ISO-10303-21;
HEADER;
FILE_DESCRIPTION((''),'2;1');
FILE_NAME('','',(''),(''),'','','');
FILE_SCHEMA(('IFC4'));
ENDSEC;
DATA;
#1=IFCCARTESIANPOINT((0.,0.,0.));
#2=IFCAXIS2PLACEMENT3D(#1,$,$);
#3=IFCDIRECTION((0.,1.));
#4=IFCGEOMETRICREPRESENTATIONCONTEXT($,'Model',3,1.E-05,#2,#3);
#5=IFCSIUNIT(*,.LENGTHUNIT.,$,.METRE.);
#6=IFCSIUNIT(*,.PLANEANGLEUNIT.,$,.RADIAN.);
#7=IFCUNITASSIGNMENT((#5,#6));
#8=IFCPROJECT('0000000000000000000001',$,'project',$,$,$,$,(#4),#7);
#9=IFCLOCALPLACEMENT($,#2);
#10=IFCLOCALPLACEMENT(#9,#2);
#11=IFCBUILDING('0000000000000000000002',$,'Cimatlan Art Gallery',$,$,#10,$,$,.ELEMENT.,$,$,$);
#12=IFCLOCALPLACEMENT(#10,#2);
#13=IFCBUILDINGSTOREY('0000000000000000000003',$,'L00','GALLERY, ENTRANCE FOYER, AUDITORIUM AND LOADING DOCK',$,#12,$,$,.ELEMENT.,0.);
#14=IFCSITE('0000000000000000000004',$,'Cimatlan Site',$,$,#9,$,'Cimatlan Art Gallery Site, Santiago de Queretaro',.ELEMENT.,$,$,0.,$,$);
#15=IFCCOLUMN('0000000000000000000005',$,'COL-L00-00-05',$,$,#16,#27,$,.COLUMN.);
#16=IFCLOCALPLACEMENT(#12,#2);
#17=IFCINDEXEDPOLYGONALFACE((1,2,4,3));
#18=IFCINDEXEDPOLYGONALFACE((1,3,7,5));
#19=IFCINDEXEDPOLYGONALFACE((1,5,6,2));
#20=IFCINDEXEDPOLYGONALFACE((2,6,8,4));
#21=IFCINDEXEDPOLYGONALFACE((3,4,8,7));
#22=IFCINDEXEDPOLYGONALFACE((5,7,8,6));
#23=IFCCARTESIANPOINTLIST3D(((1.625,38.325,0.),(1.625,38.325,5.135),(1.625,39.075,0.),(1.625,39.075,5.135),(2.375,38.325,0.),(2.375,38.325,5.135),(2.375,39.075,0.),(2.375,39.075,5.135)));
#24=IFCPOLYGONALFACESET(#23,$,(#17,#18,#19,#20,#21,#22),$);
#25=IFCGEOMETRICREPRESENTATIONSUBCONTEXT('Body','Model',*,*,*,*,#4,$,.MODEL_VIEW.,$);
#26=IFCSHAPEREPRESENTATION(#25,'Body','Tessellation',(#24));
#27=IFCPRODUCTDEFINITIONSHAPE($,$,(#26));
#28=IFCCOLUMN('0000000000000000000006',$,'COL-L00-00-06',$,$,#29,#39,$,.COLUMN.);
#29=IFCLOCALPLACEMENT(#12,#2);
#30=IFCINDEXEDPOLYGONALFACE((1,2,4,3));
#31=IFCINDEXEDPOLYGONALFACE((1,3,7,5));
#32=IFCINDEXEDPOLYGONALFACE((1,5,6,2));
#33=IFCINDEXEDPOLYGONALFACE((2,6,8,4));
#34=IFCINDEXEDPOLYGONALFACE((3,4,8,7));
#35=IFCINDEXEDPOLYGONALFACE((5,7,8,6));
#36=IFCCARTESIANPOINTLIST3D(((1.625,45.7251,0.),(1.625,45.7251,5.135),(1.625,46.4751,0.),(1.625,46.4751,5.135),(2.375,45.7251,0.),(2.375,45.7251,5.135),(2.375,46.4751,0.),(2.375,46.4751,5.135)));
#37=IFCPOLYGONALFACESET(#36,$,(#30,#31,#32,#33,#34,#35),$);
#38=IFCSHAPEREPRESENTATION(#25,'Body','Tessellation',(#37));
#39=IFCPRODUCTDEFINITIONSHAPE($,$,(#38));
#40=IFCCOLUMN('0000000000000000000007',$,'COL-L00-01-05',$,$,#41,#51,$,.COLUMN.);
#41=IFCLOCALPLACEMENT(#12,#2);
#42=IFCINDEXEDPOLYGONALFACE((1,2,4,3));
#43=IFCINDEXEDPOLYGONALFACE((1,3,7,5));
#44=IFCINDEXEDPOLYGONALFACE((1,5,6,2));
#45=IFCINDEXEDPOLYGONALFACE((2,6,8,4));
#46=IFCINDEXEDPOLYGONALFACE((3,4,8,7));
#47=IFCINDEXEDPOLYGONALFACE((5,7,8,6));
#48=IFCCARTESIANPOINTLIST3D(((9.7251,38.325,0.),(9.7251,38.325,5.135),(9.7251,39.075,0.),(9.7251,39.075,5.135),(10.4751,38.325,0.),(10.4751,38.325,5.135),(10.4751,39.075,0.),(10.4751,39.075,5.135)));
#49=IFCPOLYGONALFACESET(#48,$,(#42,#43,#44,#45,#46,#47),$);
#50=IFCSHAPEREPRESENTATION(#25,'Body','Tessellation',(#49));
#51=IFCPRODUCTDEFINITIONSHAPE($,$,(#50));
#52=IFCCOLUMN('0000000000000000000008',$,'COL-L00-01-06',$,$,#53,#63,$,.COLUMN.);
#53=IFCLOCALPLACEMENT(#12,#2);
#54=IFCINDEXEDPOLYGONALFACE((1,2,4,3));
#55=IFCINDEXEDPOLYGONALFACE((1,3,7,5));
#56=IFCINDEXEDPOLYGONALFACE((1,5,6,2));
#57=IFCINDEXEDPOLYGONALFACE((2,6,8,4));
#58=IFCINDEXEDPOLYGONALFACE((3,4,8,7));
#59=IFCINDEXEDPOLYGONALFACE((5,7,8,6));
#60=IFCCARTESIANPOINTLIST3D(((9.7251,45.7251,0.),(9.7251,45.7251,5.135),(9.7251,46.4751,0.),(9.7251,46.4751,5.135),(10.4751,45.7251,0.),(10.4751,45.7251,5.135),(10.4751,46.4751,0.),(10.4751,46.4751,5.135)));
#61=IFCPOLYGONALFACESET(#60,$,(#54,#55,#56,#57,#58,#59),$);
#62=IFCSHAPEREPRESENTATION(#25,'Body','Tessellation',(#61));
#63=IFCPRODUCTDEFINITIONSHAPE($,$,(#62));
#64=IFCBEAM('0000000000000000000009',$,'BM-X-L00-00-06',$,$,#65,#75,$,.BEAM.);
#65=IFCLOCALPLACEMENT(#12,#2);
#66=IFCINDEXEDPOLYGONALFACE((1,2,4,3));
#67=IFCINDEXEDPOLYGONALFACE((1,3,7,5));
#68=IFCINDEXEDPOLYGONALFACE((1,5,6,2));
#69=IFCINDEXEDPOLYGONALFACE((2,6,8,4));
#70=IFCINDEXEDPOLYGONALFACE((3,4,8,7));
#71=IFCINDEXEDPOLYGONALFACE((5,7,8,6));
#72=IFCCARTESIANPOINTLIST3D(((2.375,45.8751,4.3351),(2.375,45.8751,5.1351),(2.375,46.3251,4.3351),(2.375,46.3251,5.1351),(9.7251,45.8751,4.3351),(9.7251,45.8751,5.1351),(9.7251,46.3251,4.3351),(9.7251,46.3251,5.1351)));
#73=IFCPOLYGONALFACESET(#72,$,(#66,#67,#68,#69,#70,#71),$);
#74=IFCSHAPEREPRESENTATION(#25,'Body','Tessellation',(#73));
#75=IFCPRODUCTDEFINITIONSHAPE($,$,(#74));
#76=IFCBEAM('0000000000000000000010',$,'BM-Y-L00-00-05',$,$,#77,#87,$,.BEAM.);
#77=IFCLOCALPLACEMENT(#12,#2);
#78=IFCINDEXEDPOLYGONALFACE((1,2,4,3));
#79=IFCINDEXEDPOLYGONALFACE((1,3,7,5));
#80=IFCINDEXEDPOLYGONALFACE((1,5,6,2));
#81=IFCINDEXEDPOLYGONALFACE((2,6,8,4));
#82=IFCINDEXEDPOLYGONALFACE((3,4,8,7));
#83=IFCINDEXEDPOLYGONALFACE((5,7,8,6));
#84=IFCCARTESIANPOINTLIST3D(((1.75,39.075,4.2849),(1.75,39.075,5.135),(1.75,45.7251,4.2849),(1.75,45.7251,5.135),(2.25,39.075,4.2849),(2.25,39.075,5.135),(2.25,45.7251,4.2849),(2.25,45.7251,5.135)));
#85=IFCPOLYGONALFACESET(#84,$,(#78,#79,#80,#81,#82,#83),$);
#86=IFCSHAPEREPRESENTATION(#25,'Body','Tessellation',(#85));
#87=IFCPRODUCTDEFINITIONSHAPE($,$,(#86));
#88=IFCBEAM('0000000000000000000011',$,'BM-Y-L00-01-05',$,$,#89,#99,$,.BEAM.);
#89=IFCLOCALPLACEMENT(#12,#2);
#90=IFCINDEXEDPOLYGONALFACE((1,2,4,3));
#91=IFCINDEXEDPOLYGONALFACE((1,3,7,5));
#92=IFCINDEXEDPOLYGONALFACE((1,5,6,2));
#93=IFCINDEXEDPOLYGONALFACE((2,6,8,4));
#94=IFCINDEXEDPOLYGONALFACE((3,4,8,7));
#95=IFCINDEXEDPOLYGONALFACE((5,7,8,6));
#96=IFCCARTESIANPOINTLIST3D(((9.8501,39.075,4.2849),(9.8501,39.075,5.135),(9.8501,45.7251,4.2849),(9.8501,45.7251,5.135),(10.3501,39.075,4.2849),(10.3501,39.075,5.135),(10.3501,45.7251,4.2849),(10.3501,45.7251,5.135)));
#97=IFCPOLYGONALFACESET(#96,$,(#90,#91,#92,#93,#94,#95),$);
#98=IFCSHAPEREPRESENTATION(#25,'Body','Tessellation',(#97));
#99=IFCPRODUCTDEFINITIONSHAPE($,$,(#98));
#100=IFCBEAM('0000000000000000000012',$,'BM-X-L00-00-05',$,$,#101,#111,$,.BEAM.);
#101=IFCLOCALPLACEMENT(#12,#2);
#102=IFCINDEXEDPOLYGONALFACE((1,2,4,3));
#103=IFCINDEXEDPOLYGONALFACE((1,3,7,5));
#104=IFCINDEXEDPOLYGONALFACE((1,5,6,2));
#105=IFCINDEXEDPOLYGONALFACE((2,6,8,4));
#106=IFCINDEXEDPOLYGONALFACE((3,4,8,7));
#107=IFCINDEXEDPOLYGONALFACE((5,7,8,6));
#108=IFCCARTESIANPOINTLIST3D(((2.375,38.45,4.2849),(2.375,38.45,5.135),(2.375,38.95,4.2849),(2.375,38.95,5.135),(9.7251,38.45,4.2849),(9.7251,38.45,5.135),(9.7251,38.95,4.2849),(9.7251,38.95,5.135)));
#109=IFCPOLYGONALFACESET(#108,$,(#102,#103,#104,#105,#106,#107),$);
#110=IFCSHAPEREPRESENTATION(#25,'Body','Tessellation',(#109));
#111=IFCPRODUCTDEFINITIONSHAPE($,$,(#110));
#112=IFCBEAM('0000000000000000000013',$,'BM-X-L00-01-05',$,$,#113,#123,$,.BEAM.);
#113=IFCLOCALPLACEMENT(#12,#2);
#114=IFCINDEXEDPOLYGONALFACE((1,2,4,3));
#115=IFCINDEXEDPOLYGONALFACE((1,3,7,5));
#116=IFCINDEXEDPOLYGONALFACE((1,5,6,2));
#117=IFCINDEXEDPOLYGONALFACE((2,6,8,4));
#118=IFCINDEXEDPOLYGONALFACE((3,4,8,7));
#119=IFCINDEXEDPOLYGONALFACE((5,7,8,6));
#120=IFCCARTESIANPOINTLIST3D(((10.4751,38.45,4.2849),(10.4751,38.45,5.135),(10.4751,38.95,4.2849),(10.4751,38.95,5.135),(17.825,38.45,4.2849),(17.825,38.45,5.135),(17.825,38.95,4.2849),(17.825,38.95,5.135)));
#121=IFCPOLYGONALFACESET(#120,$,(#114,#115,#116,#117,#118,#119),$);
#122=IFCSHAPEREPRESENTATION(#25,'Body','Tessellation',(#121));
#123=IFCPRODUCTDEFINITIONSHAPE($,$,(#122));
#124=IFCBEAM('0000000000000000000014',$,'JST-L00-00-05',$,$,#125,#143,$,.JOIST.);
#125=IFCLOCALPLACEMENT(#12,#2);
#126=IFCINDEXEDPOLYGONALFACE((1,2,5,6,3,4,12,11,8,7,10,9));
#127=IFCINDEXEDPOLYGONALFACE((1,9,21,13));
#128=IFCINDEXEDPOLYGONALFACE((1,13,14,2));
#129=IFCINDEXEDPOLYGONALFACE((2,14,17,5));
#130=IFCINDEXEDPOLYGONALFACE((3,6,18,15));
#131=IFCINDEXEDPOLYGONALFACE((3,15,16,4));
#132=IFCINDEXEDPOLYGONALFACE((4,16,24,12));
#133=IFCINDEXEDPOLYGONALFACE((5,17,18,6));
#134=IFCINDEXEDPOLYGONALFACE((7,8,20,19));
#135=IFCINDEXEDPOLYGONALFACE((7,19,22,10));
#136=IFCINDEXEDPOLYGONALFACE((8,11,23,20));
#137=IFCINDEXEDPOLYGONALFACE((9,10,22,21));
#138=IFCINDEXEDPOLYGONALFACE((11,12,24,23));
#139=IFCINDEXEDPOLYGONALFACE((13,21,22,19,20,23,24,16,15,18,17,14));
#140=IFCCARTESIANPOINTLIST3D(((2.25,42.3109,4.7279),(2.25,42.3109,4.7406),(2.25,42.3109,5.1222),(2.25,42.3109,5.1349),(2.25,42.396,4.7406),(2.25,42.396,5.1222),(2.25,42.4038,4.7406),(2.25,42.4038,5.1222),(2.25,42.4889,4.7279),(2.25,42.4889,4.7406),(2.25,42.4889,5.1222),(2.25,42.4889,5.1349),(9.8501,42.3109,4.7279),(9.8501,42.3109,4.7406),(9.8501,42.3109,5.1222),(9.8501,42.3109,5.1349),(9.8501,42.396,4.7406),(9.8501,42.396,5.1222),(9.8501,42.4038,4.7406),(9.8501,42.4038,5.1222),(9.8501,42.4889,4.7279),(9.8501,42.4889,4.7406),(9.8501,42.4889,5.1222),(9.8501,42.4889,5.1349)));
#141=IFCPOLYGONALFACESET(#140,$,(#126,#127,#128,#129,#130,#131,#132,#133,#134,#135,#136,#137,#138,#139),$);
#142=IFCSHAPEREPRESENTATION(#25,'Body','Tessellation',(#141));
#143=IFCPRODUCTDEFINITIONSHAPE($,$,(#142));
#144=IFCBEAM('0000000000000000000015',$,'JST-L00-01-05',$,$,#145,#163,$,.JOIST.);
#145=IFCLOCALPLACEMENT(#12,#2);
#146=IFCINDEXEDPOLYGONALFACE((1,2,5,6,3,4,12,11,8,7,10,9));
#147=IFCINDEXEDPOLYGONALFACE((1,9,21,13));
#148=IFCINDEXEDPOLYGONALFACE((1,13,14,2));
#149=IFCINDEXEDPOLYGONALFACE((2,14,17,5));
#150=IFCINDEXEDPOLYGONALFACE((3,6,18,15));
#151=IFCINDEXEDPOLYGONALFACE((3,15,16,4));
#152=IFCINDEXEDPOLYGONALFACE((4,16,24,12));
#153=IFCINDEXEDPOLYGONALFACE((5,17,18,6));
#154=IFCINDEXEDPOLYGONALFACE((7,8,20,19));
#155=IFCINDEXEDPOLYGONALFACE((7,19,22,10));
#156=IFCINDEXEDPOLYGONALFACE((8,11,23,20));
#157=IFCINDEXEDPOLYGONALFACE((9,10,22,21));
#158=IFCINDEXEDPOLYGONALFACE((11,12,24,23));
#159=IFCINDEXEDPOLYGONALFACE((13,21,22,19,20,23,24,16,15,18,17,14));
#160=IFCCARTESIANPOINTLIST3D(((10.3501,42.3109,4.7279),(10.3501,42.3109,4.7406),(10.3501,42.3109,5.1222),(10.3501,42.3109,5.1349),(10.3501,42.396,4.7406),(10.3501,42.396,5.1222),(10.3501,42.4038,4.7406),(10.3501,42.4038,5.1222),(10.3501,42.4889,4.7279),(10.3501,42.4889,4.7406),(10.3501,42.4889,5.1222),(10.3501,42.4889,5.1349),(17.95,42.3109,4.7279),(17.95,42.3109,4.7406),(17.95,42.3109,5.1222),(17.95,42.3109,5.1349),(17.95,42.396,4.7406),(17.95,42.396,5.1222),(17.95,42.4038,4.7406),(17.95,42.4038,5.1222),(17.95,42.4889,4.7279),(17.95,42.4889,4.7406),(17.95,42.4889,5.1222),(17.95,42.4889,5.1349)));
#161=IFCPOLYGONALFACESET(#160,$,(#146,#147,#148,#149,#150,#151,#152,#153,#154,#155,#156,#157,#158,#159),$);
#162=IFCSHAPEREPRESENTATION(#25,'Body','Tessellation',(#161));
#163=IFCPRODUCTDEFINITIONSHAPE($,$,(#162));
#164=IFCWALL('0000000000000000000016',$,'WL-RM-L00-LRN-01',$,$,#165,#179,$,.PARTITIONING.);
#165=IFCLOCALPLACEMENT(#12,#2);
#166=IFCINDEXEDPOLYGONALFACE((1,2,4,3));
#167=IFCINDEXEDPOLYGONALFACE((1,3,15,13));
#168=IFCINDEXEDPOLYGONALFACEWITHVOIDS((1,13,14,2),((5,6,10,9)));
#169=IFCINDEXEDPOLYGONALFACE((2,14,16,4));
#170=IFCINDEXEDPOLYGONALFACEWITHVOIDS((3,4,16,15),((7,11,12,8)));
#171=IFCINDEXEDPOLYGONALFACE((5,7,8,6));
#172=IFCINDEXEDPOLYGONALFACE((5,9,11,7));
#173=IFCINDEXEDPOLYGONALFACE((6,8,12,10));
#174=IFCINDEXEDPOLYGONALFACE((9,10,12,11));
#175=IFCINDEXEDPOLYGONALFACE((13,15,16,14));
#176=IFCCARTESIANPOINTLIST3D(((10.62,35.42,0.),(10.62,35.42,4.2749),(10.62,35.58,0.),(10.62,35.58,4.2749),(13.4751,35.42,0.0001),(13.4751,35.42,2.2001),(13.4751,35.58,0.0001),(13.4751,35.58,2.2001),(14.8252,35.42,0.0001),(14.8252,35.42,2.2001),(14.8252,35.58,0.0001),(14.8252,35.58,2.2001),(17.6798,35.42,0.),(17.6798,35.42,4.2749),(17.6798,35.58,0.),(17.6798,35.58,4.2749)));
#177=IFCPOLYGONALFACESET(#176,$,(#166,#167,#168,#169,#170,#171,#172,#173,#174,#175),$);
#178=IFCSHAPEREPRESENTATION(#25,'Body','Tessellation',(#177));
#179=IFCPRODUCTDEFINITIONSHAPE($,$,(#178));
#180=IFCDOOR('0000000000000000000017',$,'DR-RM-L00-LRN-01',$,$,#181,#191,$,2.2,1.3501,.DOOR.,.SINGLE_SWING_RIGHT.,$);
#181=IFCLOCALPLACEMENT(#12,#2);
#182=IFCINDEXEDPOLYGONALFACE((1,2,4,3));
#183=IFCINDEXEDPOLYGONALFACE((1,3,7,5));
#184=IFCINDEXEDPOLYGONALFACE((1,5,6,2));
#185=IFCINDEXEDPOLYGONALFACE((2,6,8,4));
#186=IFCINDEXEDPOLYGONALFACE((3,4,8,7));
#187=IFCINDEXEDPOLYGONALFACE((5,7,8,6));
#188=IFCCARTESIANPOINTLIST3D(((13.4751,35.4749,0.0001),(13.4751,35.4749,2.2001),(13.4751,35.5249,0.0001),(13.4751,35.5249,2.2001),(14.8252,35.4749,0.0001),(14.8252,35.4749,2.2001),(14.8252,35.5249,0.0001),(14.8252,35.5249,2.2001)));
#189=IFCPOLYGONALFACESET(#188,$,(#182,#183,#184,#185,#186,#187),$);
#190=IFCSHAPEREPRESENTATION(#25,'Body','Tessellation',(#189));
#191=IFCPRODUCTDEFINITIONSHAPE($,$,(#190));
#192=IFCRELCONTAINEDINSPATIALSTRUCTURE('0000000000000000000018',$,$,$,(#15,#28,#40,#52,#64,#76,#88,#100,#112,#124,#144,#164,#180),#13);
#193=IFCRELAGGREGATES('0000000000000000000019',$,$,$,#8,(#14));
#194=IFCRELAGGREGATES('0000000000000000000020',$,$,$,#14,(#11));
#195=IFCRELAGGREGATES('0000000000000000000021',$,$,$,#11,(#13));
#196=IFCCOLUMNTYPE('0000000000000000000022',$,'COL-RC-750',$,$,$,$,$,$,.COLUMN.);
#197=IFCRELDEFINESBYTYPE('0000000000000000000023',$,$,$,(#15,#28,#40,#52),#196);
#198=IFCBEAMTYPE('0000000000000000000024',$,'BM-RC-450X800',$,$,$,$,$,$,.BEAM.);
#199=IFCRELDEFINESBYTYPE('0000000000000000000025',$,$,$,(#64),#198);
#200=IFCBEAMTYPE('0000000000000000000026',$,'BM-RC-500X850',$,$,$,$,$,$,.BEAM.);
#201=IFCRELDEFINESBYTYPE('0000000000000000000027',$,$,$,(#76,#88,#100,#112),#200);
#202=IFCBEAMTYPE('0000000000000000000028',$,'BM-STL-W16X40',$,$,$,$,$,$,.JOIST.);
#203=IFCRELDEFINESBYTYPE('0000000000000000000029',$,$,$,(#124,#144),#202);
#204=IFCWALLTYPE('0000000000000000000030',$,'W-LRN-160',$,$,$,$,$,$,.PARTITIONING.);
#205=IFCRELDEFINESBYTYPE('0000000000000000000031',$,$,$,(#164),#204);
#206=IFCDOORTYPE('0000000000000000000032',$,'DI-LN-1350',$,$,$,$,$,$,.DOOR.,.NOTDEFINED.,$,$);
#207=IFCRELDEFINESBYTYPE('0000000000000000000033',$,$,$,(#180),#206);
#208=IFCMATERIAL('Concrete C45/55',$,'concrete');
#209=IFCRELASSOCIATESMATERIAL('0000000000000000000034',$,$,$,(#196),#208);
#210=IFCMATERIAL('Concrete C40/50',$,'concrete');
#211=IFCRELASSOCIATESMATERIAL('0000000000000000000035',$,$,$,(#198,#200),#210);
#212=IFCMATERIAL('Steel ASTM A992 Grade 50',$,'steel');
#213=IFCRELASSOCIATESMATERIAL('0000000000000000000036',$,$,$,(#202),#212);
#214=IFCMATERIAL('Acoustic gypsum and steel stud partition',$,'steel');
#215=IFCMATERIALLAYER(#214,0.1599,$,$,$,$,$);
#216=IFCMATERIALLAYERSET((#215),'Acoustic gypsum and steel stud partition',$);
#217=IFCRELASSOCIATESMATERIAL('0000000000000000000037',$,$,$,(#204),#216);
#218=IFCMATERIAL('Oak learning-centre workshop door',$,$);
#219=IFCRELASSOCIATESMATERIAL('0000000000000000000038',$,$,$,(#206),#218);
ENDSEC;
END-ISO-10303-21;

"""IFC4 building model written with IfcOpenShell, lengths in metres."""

from ifc_helpers import new_model, si_unit, direction, frame, frame_2d, origin, origin_2d, place, context, subcontext, project, spatial, rectangle, i_section, extrude, material, layer, layer_set, material_profile, profile_set, type_object, element, fill, save


model = new_model("IFC4")

# Units and contexts
model_context = context("Model", 3, precision=1e-05, world=origin(), true_north=direction((0.0, 1.0)))
body_context = subcontext(model_context, "Body", "Model", "MODEL_VIEW")
ifc_project = project(units=[si_unit("LENGTHUNIT", "METRE"), si_unit("PLANEANGLEUNIT", "RADIAN")], contexts=[model_context])

# Site, building, storey
site_placement = place(None, origin())
site = spatial("IfcSite", under=ifc_project, at=site_placement, Name="Cimatlan Site", LongName="Cimatlan Art Gallery Site, Santiago de Queretaro", CompositionType="ELEMENT", RefElevation=0.0)
building_placement = place(site_placement, origin())
building = spatial("IfcBuilding", under=site, at=building_placement, Name="Cimatlan Art Gallery", CompositionType="ELEMENT")
storey_placement = place(building_placement, origin())
storey = spatial("IfcBuildingStorey", under=building, at=storey_placement, Name="L00", Description="GALLERY, ENTRANCE FOYER, AUDITORIUM AND LOADING DOCK", CompositionType="ELEMENT", Elevation=0.0)

# Columns
ifc_material_1 = material(Name="Concrete C45/55", Category="concrete")
ifc_material_profile_1 = material_profile(ifc_material_1, rectangle(XDim=0.75, YDim=0.75, at=origin_2d()), Name="RC750X750")
ifc_profile_set_1 = profile_set([ifc_material_profile_1], Name="Concrete C45/55")
column_type = type_object("IfcColumnType", Name="COL-RC-750", PredefinedType="COLUMN", material=ifc_profile_set_1)
for number, where, z_axis, x_axis, name in (
    (1, (2.0, 38.7, 0.0), (0.0, 0.0, 1.0), (1.0, 0.0, 0.0), "COL-L00-00-05"),
    (2, (2.0, 46.1001, 0.0), (0.0, 0.0, 1.0), (1.0, 0.0, 0.0), "COL-L00-00-06"),
    (3, (10.1001, 38.7, 0.0), (0.0, 0.0, 1.0), (1.0, 0.0, 0.0), "COL-L00-01-05"),
    (4, (10.1001, 46.1001, 0.0), (0.0, 0.0, 1.0), (1.0, 0.0, 0.0), "COL-L00-01-06"),
):
    element("IfcColumn", number, at=place(storey_placement, frame(where, z_axis=z_axis, x_axis=x_axis)), inside=storey, type_object=column_type, Name=name, PredefinedType="COLUMN", context=body_context, shape_type="SweptSolid", body=[
        extrude(rectangle(XDim=0.75, YDim=0.75, at=origin_2d()), origin(), (0.0, 0.0, 1.0), 5.135),
    ])

# Beams
ifc_material_2 = material(Name="Concrete C40/50", Category="concrete")
ifc_material_profile_2 = material_profile(ifc_material_2, rectangle(XDim=0.45, YDim=0.8, at=origin_2d()), Name="RC450X800")
ifc_profile_set_2 = profile_set([ifc_material_profile_2], Name="Concrete C40/50")
beam_type_1 = type_object("IfcBeamType", Name="BM-RC-450X800", PredefinedType="BEAM", material=ifc_profile_set_2)
beam_1_placement = place(storey_placement, frame((2.375, 46.1001, 4.7351), z_axis=(1.0, 0.0, 0.0), x_axis=(0.0, 1.0, 0.0)))
element("IfcBeam", 5, at=beam_1_placement, inside=storey, type_object=beam_type_1, Name="BM-X-L00-00-06", PredefinedType="BEAM", context=body_context, shape_type="SweptSolid", body=[
    extrude(rectangle(XDim=0.45, YDim=0.8, at=origin_2d()), origin(), (0.0, 0.0, 1.0), 7.3501),
])
ifc_material_profile_3 = material_profile(ifc_material_2, rectangle(XDim=0.5, YDim=0.8501, at=origin_2d()), Name="RC500X850")
ifc_profile_set_3 = profile_set([ifc_material_profile_3], Name="Concrete C40/50")
beam_type_2 = type_object("IfcBeamType", Name="BM-RC-500X850", PredefinedType="BEAM", material=ifc_profile_set_3)
for number, where, z_axis, x_axis, name in (
    (6, (2.0, 39.075, 4.71), (0.0, 1.0, 0.0), (-1.0, 0.0, 0.0), "BM-Y-L00-00-05"),
    (7, (10.1001, 39.075, 4.71), (0.0, 1.0, 0.0), (-1.0, 0.0, 0.0), "BM-Y-L00-01-05"),
):
    element("IfcBeam", number, at=place(storey_placement, frame(where, z_axis=z_axis, x_axis=x_axis)), inside=storey, type_object=beam_type_2, Name=name, PredefinedType="BEAM", context=body_context, shape_type="SweptSolid", body=[
        extrude(rectangle(XDim=0.5, YDim=0.8501, at=origin_2d()), origin(), (0.0, 0.0, 1.0), 6.6501),
    ])
beam_2_placement = place(storey_placement, frame((2.375, 38.7, 4.71), z_axis=(1.0, 0.0, 0.0), x_axis=(0.0, 1.0, 0.0)))
element("IfcBeam", 8, at=beam_2_placement, inside=storey, type_object=beam_type_2, Name="BM-X-L00-00-05", PredefinedType="BEAM", context=body_context, shape_type="SweptSolid", body=[
    extrude(rectangle(XDim=0.5, YDim=0.8501, at=origin_2d()), origin(), (0.0, 0.0, 1.0), 7.3501),
])
beam_3_placement = place(storey_placement, frame((10.4751, 38.7, 4.71), z_axis=(1.0, 0.0, 0.0), x_axis=(0.0, 1.0, 0.0)))
element("IfcBeam", 9, at=beam_3_placement, inside=storey, type_object=beam_type_2, Name="BM-X-L00-01-05", PredefinedType="BEAM", context=body_context, shape_type="SweptSolid", body=[
    extrude(rectangle(XDim=0.5, YDim=0.8501, at=origin_2d()), origin(), (0.0, 0.0, 1.0), 7.3499),
])
ifc_material_3 = material(Name="Steel ASTM A992 Grade 50", Category="steel")
ifc_material_profile_4 = material_profile(ifc_material_3, i_section(OverallWidth=0.178, OverallDepth=0.407, WebThickness=0.0078, FlangeThickness=0.0127, at=origin_2d()), Name="W16X40")
ifc_profile_set_4 = profile_set([ifc_material_profile_4], Name="Steel ASTM A992 Grade 50")
beam_type_3 = type_object("IfcBeamType", Name="BM-STL-W16X40", PredefinedType="JOIST", material=ifc_profile_set_4)
beam_4_placement = place(storey_placement, frame((2.25, 42.3999, 4.9314), z_axis=(1.0, 0.0, 0.0), x_axis=(0.0, 1.0, 0.0)))
element("IfcBeam", 10, at=beam_4_placement, inside=storey, type_object=beam_type_3, Name="JST-L00-00-05", PredefinedType="JOIST", context=body_context, shape_type="SweptSolid", body=[
    extrude(i_section(OverallWidth=0.178, OverallDepth=0.407, WebThickness=0.0078, FlangeThickness=0.0127, at=origin_2d()), origin(), (0.0, 0.0, 1.0), 7.6001),
])
beam_5_placement = place(storey_placement, frame((10.3501, 42.3999, 4.9314), z_axis=(1.0, 0.0, 0.0), x_axis=(0.0, 1.0, 0.0)))
element("IfcBeam", 11, at=beam_5_placement, inside=storey, type_object=beam_type_3, Name="JST-L00-01-05", PredefinedType="JOIST", context=body_context, shape_type="SweptSolid", body=[
    extrude(i_section(OverallWidth=0.178, OverallDepth=0.407, WebThickness=0.0078, FlangeThickness=0.0127, at=origin_2d()), origin(), (0.0, 0.0, 1.0), 7.5999),
])

# Wall, opening, door
ifc_material_4 = material(Name="Acoustic gypsum and steel stud partition", Category="steel")
ifc_layer_1 = layer(ifc_material_4, 0.1599)
ifc_layer_set_1 = layer_set([ifc_layer_1], Name="Acoustic gypsum and steel stud partition")
wall_type_1 = type_object("IfcWallType", Name="W-LRN-160", PredefinedType="PARTITIONING", material=ifc_layer_set_1)
wall_1_placement = place(storey_placement, frame((10.6201, 35.5, 0.0), z_axis=(0.0, 0.0, 1.0), x_axis=(1.0, 0.0, 0.0)))
wall_1 = element("IfcWall", 12, at=wall_1_placement, inside=storey, type_object=wall_type_1, Name="WL-RM-L00-LRN-01", PredefinedType="PARTITIONING", context=body_context, shape_type="SweptSolid", body=[
    extrude(rectangle(XDim=7.0598, YDim=0.1599, at=frame_2d((3.5298, 0.0))), origin(), (0.0, 0.0, 1.0), 4.2749),
])
opening_1_placement = place(wall_1_placement, frame((2.855, 0.0, 0.0)))
opening_1 = element("IfcOpeningElement", 13, at=opening_1_placement, cuts=wall_1, PredefinedType="OPENING", context=body_context, shape_type="SweptSolid", body=[
    extrude(rectangle(XDim=1.3501, YDim=2.2, at=frame_2d((0.675, 1.1001))), frame((0.0, 0.0898, 0.0), z_axis=(0.0, -1.0, 0.0), x_axis=(1.0, 0.0, 0.0)), (0.0, 0.0, 1.0), 0.1799),
])
ifc_material_5 = material(Name="Oak learning-centre workshop door")
door_type_1 = type_object("IfcDoorType", Name="DI-LN-1350", OperationType="NOTDEFINED", PredefinedType="DOOR", material=ifc_material_5)
door_1_placement = place(opening_1_placement, origin())
door_1 = element("IfcDoor", 14, at=door_1_placement, inside=storey, type_object=door_type_1, Name="DR-RM-L00-LRN-01", OperationType="SINGLE_SWING_RIGHT", OverallHeight=2.2, OverallWidth=1.3501, PredefinedType="DOOR", context=body_context, shape_type="SweptSolid", body=[
    extrude(rectangle(XDim=1.3501, YDim=2.2, at=frame_2d((0.675, 1.1001))), frame((0.0, 0.0249, 0.0), z_axis=(0.0, -1.0, 0.0), x_axis=(1.0, 0.0, 0.0)), (0.0, 0.0, 1.0), 0.05),
])
fill(opening_1, door_1)

save(model, "model.ifc")
